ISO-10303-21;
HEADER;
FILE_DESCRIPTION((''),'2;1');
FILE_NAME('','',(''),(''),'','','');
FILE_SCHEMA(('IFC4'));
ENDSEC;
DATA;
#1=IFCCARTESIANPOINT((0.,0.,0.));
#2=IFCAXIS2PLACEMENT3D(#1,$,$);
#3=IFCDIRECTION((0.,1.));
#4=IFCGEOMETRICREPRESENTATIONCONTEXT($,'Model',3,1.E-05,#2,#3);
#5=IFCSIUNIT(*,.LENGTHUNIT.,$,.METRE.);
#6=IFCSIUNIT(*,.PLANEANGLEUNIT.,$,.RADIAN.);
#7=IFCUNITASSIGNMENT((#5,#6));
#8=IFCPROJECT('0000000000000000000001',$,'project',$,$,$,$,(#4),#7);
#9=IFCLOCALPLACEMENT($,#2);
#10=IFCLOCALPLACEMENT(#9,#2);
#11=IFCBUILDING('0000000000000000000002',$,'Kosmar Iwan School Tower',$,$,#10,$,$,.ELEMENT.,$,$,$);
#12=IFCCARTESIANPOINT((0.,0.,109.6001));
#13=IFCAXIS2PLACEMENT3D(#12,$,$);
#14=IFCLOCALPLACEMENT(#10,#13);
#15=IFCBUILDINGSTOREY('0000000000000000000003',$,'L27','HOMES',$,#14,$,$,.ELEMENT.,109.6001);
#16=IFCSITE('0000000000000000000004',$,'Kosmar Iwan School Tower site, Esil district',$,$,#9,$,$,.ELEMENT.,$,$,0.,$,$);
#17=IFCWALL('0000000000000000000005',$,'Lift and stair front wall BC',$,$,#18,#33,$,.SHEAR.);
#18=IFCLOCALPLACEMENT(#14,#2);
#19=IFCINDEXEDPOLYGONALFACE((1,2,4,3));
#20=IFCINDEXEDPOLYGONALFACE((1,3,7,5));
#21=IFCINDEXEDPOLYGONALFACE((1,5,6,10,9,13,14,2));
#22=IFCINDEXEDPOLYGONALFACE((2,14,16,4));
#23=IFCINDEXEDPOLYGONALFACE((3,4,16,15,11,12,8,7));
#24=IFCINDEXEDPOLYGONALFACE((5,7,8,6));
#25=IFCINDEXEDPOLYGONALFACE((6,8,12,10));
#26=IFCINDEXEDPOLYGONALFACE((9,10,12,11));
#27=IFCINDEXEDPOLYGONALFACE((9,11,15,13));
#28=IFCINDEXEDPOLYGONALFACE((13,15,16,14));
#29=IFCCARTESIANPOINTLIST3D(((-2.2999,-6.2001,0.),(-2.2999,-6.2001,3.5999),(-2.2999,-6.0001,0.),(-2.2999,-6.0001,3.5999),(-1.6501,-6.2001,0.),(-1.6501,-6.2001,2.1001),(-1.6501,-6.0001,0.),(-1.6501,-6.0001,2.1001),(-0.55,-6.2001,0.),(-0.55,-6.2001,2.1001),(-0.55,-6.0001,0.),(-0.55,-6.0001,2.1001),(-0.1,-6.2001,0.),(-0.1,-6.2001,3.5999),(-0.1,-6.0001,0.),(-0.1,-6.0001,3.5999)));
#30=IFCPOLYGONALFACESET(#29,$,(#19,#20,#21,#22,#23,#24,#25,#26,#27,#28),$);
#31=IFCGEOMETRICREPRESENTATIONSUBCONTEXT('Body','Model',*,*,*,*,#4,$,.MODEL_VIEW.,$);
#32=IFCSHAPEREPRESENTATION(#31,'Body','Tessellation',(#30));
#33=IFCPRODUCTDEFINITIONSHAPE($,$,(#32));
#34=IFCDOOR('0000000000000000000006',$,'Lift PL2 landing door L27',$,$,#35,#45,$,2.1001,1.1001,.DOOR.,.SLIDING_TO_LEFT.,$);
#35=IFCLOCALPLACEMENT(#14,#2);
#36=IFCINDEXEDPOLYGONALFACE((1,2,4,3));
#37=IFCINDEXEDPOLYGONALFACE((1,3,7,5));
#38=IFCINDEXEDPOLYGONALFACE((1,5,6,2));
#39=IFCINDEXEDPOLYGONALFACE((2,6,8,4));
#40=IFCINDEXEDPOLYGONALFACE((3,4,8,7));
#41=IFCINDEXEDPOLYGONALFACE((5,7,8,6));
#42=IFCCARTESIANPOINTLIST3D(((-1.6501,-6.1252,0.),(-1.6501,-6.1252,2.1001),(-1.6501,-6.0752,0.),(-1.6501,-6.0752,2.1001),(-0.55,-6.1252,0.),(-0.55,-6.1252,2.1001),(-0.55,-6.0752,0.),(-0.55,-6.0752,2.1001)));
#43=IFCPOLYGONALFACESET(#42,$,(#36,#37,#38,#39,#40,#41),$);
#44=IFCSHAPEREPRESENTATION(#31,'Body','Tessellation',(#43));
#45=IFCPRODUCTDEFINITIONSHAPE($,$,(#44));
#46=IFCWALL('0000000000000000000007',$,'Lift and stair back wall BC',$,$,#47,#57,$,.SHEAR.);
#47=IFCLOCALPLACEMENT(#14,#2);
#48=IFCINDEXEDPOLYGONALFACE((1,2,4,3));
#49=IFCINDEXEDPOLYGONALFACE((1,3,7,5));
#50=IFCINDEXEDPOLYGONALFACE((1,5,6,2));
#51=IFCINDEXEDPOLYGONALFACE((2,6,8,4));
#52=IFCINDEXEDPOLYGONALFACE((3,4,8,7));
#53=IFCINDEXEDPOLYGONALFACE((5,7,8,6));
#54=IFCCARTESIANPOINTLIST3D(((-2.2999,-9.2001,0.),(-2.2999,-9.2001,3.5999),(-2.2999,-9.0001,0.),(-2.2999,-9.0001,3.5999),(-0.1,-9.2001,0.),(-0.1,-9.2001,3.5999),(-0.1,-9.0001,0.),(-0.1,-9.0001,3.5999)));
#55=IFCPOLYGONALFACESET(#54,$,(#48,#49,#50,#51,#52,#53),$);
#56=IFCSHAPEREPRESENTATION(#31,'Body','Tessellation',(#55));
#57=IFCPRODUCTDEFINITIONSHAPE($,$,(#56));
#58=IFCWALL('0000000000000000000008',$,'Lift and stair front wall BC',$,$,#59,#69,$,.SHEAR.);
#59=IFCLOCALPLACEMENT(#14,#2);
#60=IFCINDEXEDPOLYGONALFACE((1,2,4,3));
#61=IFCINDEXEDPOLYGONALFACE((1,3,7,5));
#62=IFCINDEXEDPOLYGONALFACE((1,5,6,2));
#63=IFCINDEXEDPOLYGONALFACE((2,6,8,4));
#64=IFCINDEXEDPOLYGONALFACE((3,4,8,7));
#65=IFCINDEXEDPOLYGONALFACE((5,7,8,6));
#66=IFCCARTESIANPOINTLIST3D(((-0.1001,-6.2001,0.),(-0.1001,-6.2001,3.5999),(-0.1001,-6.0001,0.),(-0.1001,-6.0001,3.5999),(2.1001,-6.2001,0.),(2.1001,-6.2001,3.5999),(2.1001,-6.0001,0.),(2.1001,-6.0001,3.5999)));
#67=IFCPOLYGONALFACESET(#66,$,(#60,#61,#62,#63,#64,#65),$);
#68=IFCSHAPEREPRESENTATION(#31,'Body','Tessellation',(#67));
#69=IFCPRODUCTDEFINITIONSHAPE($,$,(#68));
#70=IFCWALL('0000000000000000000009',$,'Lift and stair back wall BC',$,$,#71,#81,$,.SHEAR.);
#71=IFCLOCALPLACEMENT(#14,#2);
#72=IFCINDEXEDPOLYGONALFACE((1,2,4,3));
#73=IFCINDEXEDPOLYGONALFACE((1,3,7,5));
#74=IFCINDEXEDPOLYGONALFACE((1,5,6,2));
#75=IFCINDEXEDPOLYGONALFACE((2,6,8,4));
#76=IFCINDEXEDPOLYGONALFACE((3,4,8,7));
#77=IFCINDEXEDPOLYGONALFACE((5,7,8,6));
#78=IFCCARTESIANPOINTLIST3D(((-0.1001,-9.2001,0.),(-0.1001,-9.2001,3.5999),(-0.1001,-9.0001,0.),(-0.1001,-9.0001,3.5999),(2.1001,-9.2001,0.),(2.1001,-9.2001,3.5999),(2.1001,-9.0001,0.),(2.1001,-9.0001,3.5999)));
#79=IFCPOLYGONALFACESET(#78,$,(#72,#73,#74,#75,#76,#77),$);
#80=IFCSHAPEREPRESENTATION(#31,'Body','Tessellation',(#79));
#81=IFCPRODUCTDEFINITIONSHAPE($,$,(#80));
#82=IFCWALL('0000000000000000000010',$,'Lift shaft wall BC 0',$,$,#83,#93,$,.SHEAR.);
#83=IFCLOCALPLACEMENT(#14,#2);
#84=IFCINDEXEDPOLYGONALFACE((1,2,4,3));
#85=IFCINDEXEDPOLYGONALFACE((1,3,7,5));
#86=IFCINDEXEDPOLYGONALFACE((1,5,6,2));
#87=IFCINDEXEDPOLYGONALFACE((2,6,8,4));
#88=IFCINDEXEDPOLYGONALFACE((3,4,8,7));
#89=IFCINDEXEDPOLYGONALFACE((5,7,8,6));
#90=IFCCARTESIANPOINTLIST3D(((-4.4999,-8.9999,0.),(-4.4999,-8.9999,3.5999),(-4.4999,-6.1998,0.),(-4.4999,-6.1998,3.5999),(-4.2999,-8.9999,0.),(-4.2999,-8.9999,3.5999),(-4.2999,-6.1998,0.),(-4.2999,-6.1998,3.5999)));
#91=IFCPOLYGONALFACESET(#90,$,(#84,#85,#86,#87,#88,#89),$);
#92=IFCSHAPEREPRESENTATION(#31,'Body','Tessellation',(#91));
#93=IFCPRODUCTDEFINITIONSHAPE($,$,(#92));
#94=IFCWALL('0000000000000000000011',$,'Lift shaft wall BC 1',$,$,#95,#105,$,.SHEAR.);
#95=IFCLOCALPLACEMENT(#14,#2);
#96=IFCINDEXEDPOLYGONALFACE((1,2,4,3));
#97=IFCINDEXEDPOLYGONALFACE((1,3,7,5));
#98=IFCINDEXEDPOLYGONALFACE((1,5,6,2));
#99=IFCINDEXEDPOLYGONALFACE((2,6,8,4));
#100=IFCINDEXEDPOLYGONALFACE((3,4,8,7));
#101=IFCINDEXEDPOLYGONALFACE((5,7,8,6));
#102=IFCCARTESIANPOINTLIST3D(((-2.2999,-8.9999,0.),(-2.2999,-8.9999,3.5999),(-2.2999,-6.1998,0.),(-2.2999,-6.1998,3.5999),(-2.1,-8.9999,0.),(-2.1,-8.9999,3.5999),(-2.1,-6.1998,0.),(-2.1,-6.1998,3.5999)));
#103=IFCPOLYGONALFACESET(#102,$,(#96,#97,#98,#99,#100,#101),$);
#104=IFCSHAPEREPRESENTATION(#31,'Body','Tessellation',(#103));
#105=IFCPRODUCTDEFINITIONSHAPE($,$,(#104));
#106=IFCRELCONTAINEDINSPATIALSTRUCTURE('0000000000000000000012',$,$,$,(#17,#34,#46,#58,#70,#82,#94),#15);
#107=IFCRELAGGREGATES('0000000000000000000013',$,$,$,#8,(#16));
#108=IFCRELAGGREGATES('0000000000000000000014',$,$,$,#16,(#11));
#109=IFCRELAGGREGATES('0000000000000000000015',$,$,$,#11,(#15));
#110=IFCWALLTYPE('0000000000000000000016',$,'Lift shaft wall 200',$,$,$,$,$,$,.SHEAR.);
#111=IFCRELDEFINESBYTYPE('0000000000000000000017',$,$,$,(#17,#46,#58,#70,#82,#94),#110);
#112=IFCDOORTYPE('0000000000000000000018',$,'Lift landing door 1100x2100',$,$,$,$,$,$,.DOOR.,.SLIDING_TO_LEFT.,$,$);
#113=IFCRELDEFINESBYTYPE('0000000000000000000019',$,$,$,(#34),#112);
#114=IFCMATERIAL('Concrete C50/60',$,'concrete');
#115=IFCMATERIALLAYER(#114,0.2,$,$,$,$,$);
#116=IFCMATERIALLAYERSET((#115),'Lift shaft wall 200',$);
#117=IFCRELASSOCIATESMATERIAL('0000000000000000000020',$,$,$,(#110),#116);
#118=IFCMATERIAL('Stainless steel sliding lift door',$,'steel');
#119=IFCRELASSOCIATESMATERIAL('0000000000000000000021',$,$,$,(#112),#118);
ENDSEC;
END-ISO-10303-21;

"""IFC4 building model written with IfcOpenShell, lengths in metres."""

from ifc_helpers import new_model, si_unit, direction, frame, frame_2d, origin, place, context, subcontext, project, spatial, rectangle, extrude, material, layer, layer_set, type_object, element, fill, save


model = new_model("IFC4")

# Units and contexts
model_context = context("Model", 3, precision=1e-05, world=origin(), true_north=direction((0.0, 1.0)))
body_context = subcontext(model_context, "Body", "Model", "MODEL_VIEW")
ifc_project = project(units=[si_unit("LENGTHUNIT", "METRE"), si_unit("PLANEANGLEUNIT", "RADIAN")], contexts=[model_context])

# Site, building, storey
site_placement = place(None, origin())
site = spatial("IfcSite", under=ifc_project, at=site_placement, Name="Kosmar Iwan School Tower site, Esil district", CompositionType="ELEMENT", RefElevation=0.0)
building_placement = place(site_placement, origin())
building = spatial("IfcBuilding", under=site, at=building_placement, Name="Kosmar Iwan School Tower", CompositionType="ELEMENT")
storey_placement = place(building_placement, frame((0.0, 0.0, 109.6001)))
storey = spatial("IfcBuildingStorey", under=building, at=storey_placement, Name="L27", Description="HOMES", CompositionType="ELEMENT", Elevation=109.6001)

# Shared definitions
ifc_material_1 = material(Name="Concrete C50/60", Category="concrete")
ifc_layer_1 = layer(ifc_material_1, 0.2)
ifc_layer_set_1 = layer_set([ifc_layer_1], Name="Lift shaft wall 200")
wall_type_1 = type_object("IfcWallType", Name="Lift shaft wall 200", PredefinedType="SHEAR", material=ifc_layer_set_1)
ifc_material_2 = material(Name="Stainless steel sliding lift door", Category="steel")
door_type_1 = type_object("IfcDoorType", Name="Lift landing door 1100x2100", OperationType="SLIDING_TO_LEFT", PredefinedType="DOOR", material=ifc_material_2)

# Wall, opening, door
wall_1_placement = place(storey_placement, frame((-2.3, -6.1001, 0.0), z_axis=(0.0, 0.0, 1.0), x_axis=(1.0, 0.0, 0.0)))
wall_1 = element("IfcWall", 1, at=wall_1_placement, inside=storey, type_object=wall_type_1, Name="Lift and stair front wall BC", PredefinedType="SHEAR", context=body_context, shape_type="SweptSolid", body=[
    extrude(rectangle(XDim=2.2, YDim=0.2, at=frame_2d((1.1001, 0.0))), origin(), (0.0, 0.0, 1.0), 3.5999),
])
opening_1_placement = place(wall_1_placement, frame((0.6499, 0.0, 0.0)))
opening_1 = element("IfcOpeningElement", 2, at=opening_1_placement, cuts=wall_1, PredefinedType="OPENING", context=body_context, shape_type="SweptSolid", body=[
    extrude(rectangle(XDim=1.1001, YDim=2.1001, at=frame_2d((0.55, 1.05))), frame((0.0, 0.1121, 0.0), z_axis=(0.0, -1.0, 0.0), x_axis=(1.0, 0.0, 0.0)), (0.0, 0.0, 1.0), 0.2239),
])
door_1_placement = place(opening_1_placement, origin())
door_1 = element("IfcDoor", 3, at=door_1_placement, inside=storey, type_object=door_type_1, Name="Lift PL2 landing door L27", OperationType="SLIDING_TO_LEFT", OverallHeight=2.1001, OverallWidth=1.1001, PredefinedType="DOOR", context=body_context, shape_type="SweptSolid", body=[
    extrude(rectangle(XDim=1.1001, YDim=2.1001, at=frame_2d((0.55, 1.05))), frame((0.0, 0.0249, 0.0), z_axis=(0.0, -1.0, 0.0), x_axis=(1.0, 0.0, 0.0)), (0.0, 0.0, 1.0), 0.05),
])
fill(opening_1, door_1)

# Walls
wall_2_placement = place(storey_placement, frame((-2.3, -9.1001, 0.0), z_axis=(0.0, 0.0, 1.0), x_axis=(1.0, 0.0, 0.0)))
element("IfcWall", 4, at=wall_2_placement, inside=storey, type_object=wall_type_1, Name="Lift and stair back wall BC", PredefinedType="SHEAR", context=body_context, shape_type="SweptSolid", body=[
    extrude(rectangle(XDim=2.2, YDim=0.2, at=frame_2d((1.1001, 0.0))), origin(), (0.0, 0.0, 1.0), 3.5999),
])
for number, where, z_axis, x_axis, name in (
    (5, (-0.1001, -6.1001, 0.0), (0.0, 0.0, 1.0), (1.0, 0.0, 0.0), "Lift and stair front wall BC"),
    (6, (-0.1001, -9.1001, 0.0), (0.0, 0.0, 1.0), (1.0, 0.0, 0.0), "Lift and stair back wall BC"),
):
    element("IfcWall", number, at=place(storey_placement, frame(where, z_axis=z_axis, x_axis=x_axis)), inside=storey, type_object=wall_type_1, Name=name, PredefinedType="SHEAR", context=body_context, shape_type="SweptSolid", body=[
        extrude(rectangle(XDim=2.2002, YDim=0.2, at=frame_2d((1.1001, 0.0))), origin(), (0.0, 0.0, 1.0), 3.5999),
    ])
for number, where, z_axis, x_axis, name in (
    (7, (-4.3999, -6.2, 0.0), (0.0, 0.0, 1.0), (0.0, -1.0, 0.0), "Lift shaft wall BC 0"),
    (8, (-2.2, -6.2, 0.0), (0.0, 0.0, 1.0), (0.0, -1.0, 0.0), "Lift shaft wall BC 1"),
):
    element("IfcWall", number, at=place(storey_placement, frame(where, z_axis=z_axis, x_axis=x_axis)), inside=storey, type_object=wall_type_1, Name=name, PredefinedType="SHEAR", context=body_context, shape_type="SweptSolid", body=[
        extrude(rectangle(XDim=2.8, YDim=0.2, at=frame_2d((1.3999, 0.0))), origin(), (0.0, 0.0, 1.0), 3.5999),
    ])

save(model, "model.ifc")
